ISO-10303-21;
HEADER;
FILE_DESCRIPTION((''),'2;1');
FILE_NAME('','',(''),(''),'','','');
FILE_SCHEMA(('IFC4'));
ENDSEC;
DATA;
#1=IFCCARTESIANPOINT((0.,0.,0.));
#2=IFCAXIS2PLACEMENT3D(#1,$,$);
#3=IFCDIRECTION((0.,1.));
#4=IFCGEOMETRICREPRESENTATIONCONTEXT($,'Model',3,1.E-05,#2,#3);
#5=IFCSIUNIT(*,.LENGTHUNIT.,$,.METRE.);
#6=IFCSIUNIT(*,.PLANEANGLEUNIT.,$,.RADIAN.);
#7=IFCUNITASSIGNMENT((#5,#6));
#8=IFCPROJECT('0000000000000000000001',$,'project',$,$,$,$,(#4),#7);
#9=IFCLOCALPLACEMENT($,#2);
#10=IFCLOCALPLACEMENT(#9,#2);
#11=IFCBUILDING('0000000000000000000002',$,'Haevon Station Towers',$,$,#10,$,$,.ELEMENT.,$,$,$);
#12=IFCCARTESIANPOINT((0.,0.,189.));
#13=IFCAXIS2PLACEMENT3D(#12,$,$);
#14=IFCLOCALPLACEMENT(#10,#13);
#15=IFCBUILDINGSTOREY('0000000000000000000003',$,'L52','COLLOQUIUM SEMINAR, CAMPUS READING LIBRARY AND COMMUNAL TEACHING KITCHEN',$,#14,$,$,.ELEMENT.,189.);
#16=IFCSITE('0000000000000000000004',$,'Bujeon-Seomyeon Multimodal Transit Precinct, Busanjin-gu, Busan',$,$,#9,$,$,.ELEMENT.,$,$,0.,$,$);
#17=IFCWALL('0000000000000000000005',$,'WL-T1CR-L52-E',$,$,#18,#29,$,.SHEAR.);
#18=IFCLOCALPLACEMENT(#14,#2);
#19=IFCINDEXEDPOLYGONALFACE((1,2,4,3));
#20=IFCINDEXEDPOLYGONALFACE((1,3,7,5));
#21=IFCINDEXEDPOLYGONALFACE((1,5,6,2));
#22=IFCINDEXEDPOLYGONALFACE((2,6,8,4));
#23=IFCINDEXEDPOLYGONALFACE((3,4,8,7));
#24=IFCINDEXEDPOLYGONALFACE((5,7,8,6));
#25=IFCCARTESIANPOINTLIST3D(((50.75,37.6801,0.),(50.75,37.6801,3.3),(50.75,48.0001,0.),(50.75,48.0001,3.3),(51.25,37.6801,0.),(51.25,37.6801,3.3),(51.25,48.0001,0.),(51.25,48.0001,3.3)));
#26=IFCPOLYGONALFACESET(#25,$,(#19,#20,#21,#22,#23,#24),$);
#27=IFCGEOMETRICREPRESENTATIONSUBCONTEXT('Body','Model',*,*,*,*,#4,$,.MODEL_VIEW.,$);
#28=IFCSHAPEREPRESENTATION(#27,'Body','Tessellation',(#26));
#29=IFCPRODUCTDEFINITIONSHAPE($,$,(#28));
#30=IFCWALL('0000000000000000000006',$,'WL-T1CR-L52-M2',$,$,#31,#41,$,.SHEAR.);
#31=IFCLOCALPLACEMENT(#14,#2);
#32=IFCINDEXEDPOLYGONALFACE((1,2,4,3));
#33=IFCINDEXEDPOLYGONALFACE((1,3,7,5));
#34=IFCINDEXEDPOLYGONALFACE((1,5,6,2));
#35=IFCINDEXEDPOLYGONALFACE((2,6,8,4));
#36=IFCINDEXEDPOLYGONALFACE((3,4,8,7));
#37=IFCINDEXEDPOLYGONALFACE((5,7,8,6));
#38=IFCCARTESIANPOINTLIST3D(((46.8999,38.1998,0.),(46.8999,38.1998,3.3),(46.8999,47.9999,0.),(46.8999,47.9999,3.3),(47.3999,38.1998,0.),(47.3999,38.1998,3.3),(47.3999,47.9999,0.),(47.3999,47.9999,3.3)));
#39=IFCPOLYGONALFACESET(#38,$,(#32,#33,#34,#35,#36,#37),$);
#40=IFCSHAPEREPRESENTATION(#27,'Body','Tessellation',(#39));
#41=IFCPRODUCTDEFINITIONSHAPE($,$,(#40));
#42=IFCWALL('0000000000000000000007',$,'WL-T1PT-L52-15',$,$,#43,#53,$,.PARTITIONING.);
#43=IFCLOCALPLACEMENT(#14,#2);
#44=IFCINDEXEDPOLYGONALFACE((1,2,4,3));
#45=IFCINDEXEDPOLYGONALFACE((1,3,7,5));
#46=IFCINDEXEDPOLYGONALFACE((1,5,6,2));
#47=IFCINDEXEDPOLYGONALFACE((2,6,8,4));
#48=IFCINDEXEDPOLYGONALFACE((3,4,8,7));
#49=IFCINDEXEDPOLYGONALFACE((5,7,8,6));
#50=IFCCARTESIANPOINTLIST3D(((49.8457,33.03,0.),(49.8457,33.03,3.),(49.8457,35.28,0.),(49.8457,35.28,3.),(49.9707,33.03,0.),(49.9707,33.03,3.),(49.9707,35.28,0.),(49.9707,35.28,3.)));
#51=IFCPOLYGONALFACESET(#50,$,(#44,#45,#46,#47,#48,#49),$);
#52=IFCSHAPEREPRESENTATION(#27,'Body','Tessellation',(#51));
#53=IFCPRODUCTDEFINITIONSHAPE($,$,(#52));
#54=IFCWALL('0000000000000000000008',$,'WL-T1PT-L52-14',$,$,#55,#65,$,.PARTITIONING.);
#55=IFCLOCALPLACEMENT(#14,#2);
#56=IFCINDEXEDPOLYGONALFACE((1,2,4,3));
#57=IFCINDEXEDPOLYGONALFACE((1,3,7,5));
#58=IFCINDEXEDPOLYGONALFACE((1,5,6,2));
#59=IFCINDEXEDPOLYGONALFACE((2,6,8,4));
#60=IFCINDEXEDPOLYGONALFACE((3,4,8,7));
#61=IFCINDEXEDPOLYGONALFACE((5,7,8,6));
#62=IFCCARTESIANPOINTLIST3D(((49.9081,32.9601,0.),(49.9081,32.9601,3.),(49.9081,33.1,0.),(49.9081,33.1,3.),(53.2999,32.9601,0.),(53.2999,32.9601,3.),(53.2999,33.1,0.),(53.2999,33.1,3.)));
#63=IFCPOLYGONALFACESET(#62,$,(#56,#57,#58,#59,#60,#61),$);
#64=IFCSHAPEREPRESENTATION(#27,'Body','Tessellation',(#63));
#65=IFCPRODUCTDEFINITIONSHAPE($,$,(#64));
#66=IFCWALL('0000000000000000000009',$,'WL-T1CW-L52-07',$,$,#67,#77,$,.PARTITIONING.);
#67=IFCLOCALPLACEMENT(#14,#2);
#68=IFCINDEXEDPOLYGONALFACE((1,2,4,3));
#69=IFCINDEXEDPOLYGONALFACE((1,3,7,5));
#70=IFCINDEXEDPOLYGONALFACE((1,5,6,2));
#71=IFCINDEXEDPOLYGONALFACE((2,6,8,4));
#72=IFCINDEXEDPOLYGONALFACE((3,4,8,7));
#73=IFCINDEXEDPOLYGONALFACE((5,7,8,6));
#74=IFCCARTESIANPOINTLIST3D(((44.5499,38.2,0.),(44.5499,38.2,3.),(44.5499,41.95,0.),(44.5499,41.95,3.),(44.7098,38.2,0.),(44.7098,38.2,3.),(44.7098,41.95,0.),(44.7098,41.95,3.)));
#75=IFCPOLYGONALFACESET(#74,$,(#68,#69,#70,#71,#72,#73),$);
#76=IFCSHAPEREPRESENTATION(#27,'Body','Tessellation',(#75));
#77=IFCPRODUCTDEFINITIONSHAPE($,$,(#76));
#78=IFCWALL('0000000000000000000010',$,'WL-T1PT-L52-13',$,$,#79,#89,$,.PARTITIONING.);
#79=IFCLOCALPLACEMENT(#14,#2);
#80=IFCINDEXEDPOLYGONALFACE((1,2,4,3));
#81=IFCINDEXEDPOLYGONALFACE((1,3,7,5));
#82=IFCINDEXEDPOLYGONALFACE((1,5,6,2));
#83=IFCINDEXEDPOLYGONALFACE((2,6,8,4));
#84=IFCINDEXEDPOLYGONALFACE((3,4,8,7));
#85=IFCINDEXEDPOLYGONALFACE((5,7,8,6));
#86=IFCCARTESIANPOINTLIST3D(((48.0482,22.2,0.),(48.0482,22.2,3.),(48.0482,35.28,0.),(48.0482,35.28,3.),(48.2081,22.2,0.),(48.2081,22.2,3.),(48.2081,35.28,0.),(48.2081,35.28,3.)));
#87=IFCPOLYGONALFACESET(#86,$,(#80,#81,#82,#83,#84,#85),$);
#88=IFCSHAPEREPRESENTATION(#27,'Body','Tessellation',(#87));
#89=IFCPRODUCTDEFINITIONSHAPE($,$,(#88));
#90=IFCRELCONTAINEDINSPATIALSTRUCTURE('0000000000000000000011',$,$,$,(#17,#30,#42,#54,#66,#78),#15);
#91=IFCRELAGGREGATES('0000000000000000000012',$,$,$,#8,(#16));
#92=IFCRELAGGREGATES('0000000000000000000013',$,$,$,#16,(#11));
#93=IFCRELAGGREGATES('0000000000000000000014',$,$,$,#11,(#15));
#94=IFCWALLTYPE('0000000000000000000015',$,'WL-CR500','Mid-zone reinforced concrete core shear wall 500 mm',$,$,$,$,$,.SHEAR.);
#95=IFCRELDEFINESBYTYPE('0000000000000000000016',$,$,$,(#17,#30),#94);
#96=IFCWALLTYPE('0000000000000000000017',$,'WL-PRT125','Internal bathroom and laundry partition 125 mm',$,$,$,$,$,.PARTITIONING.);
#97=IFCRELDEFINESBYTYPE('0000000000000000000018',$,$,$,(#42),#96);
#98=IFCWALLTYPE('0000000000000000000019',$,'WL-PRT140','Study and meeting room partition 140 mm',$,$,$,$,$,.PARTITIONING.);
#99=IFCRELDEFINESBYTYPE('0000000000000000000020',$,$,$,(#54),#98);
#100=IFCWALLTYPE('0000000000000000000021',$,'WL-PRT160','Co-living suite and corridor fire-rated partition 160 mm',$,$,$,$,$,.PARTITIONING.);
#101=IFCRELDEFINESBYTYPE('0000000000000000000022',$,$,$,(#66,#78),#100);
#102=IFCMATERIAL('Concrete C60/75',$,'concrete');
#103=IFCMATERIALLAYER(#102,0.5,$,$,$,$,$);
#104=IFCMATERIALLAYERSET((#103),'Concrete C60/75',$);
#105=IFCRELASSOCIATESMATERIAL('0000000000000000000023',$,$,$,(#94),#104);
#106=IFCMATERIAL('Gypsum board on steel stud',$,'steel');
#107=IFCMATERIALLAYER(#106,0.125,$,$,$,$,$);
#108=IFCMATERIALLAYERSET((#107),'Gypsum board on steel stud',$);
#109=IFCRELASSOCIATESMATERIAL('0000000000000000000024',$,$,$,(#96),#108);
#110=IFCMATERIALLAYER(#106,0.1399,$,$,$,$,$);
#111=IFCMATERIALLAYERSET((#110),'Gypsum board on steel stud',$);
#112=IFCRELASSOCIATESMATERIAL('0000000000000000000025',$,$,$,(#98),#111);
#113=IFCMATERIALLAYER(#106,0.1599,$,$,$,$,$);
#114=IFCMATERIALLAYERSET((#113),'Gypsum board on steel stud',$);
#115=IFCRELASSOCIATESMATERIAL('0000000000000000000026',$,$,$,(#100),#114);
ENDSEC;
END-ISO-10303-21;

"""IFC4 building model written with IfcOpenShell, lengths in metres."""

from ifc_helpers import new_model, si_unit, direction, frame, frame_2d, origin, place, context, subcontext, project, spatial, rectangle, extrude, material, layer, layer_set, type_object, element, save


model = new_model("IFC4")

# Units and contexts
model_context = context("Model", 3, precision=1e-05, world=origin(), true_north=direction((0.0, 1.0)))
body_context = subcontext(model_context, "Body", "Model", "MODEL_VIEW")
ifc_project = project(units=[si_unit("LENGTHUNIT", "METRE"), si_unit("PLANEANGLEUNIT", "RADIAN")], contexts=[model_context])

# Site, building, storey
site_placement = place(None, origin())
site = spatial("IfcSite", under=ifc_project, at=site_placement, Name="Bujeon-Seomyeon Multimodal Transit Precinct, Busanjin-gu, Busan", CompositionType="ELEMENT", RefElevation=0.0)
building_placement = place(site_placement, origin())
building = spatial("IfcBuilding", under=site, at=building_placement, Name="Haevon Station Towers", CompositionType="ELEMENT")
storey_placement = place(building_placement, frame((0.0, 0.0, 189.0)))
storey = spatial("IfcBuildingStorey", under=building, at=storey_placement, Name="L52", Description="COLLOQUIUM SEMINAR, CAMPUS READING LIBRARY AND COMMUNAL TEACHING KITCHEN", CompositionType="ELEMENT", Elevation=189.0)

# Shared definitions
ifc_material_1 = material(Name="Gypsum board on steel stud", Category="steel")

# Walls
ifc_material_2 = material(Name="Concrete C60/75", Category="concrete")
ifc_layer_1 = layer(ifc_material_2, 0.5)
ifc_layer_set_1 = layer_set([ifc_layer_1], Name="Concrete C60/75")
wall_type_1 = type_object("IfcWallType", Name="WL-CR500", Description="Mid-zone reinforced concrete core shear wall 500 mm", PredefinedType="SHEAR", material=ifc_layer_set_1)
wall_1_placement = place(storey_placement, frame((51.0, 37.6799, 0.0), z_axis=(0.0, 0.0, 1.0), x_axis=(0.0, 1.0, 0.0)))
element("IfcWall", 1, at=wall_1_placement, inside=storey, type_object=wall_type_1, Name="WL-T1CR-L52-E", PredefinedType="SHEAR", context=body_context, shape_type="SweptSolid", body=[
    extrude(rectangle(XDim=10.3201, YDim=0.5, at=frame_2d((5.1602, 0.0))), origin(), (0.0, 0.0, 1.0), 3.3),
])
wall_2_placement = place(storey_placement, frame((47.1499, 38.2, 0.0), z_axis=(0.0, 0.0, 1.0), x_axis=(0.0, 1.0, 0.0)))
element("IfcWall", 2, at=wall_2_placement, inside=storey, type_object=wall_type_1, Name="WL-T1CR-L52-M2", PredefinedType="SHEAR", context=body_context, shape_type="SweptSolid", body=[
    extrude(rectangle(XDim=9.8, YDim=0.5, at=frame_2d((4.8999, 0.0))), origin(), (0.0, 0.0, 1.0), 3.3),
])
ifc_layer_2 = layer(ifc_material_1, 0.125)
ifc_layer_set_2 = layer_set([ifc_layer_2], Name="Gypsum board on steel stud")
wall_type_2 = type_object("IfcWallType", Name="WL-PRT125", Description="Internal bathroom and laundry partition 125 mm", PredefinedType="PARTITIONING", material=ifc_layer_set_2)
wall_3_placement = place(storey_placement, frame((49.9082, 33.03, 0.0), z_axis=(0.0, 0.0, 1.0), x_axis=(0.0, 1.0, 0.0)))
element("IfcWall", 3, at=wall_3_placement, inside=storey, type_object=wall_type_2, Name="WL-T1PT-L52-15", PredefinedType="PARTITIONING", context=body_context, shape_type="SweptSolid", body=[
    extrude(rectangle(XDim=2.25, YDim=0.125, at=frame_2d((1.125, 0.0))), origin(), (0.0, 0.0, 1.0), 3.0),
])
ifc_layer_3 = layer(ifc_material_1, 0.1399)
ifc_layer_set_3 = layer_set([ifc_layer_3], Name="Gypsum board on steel stud")
wall_type_3 = type_object("IfcWallType", Name="WL-PRT140", Description="Study and meeting room partition 140 mm", PredefinedType="PARTITIONING", material=ifc_layer_set_3)
wall_4_placement = place(storey_placement, frame((49.9082, 33.03, 0.0), z_axis=(0.0, 0.0, 1.0), x_axis=(1.0, 0.0, 0.0)))
element("IfcWall", 4, at=wall_4_placement, inside=storey, type_object=wall_type_3, Name="WL-T1PT-L52-14", PredefinedType="PARTITIONING", context=body_context, shape_type="SweptSolid", body=[
    extrude(rectangle(XDim=3.3918, YDim=0.1399, at=frame_2d((1.6958, 0.0))), origin(), (0.0, 0.0, 1.0), 3.0),
])
ifc_layer_4 = layer(ifc_material_1, 0.1599)
ifc_layer_set_4 = layer_set([ifc_layer_4], Name="Gypsum board on steel stud")
wall_type_4 = type_object("IfcWallType", Name="WL-PRT160", Description="Co-living suite and corridor fire-rated partition 160 mm", PredefinedType="PARTITIONING", material=ifc_layer_set_4)
wall_5_placement = place(storey_placement, frame((44.6299, 38.2, 0.0), z_axis=(0.0, 0.0, 1.0), x_axis=(0.0, 1.0, 0.0)))
element("IfcWall", 5, at=wall_5_placement, inside=storey, type_object=wall_type_4, Name="WL-T1CW-L52-07", PredefinedType="PARTITIONING", context=body_context, shape_type="SweptSolid", body=[
    extrude(rectangle(XDim=3.75, YDim=0.1599, at=frame_2d((1.875, 0.0))), origin(), (0.0, 0.0, 1.0), 3.0),
])
wall_6_placement = place(storey_placement, frame((48.1282, 22.2, 0.0), z_axis=(0.0, 0.0, 1.0), x_axis=(0.0, 1.0, 0.0)))
element("IfcWall", 6, at=wall_6_placement, inside=storey, type_object=wall_type_4, Name="WL-T1PT-L52-13", PredefinedType="PARTITIONING", context=body_context, shape_type="SweptSolid", body=[
    extrude(rectangle(XDim=13.0801, YDim=0.1599, at=frame_2d((6.54, 0.0))), origin(), (0.0, 0.0, 1.0), 3.0),
])

save(model, "model.ifc")
